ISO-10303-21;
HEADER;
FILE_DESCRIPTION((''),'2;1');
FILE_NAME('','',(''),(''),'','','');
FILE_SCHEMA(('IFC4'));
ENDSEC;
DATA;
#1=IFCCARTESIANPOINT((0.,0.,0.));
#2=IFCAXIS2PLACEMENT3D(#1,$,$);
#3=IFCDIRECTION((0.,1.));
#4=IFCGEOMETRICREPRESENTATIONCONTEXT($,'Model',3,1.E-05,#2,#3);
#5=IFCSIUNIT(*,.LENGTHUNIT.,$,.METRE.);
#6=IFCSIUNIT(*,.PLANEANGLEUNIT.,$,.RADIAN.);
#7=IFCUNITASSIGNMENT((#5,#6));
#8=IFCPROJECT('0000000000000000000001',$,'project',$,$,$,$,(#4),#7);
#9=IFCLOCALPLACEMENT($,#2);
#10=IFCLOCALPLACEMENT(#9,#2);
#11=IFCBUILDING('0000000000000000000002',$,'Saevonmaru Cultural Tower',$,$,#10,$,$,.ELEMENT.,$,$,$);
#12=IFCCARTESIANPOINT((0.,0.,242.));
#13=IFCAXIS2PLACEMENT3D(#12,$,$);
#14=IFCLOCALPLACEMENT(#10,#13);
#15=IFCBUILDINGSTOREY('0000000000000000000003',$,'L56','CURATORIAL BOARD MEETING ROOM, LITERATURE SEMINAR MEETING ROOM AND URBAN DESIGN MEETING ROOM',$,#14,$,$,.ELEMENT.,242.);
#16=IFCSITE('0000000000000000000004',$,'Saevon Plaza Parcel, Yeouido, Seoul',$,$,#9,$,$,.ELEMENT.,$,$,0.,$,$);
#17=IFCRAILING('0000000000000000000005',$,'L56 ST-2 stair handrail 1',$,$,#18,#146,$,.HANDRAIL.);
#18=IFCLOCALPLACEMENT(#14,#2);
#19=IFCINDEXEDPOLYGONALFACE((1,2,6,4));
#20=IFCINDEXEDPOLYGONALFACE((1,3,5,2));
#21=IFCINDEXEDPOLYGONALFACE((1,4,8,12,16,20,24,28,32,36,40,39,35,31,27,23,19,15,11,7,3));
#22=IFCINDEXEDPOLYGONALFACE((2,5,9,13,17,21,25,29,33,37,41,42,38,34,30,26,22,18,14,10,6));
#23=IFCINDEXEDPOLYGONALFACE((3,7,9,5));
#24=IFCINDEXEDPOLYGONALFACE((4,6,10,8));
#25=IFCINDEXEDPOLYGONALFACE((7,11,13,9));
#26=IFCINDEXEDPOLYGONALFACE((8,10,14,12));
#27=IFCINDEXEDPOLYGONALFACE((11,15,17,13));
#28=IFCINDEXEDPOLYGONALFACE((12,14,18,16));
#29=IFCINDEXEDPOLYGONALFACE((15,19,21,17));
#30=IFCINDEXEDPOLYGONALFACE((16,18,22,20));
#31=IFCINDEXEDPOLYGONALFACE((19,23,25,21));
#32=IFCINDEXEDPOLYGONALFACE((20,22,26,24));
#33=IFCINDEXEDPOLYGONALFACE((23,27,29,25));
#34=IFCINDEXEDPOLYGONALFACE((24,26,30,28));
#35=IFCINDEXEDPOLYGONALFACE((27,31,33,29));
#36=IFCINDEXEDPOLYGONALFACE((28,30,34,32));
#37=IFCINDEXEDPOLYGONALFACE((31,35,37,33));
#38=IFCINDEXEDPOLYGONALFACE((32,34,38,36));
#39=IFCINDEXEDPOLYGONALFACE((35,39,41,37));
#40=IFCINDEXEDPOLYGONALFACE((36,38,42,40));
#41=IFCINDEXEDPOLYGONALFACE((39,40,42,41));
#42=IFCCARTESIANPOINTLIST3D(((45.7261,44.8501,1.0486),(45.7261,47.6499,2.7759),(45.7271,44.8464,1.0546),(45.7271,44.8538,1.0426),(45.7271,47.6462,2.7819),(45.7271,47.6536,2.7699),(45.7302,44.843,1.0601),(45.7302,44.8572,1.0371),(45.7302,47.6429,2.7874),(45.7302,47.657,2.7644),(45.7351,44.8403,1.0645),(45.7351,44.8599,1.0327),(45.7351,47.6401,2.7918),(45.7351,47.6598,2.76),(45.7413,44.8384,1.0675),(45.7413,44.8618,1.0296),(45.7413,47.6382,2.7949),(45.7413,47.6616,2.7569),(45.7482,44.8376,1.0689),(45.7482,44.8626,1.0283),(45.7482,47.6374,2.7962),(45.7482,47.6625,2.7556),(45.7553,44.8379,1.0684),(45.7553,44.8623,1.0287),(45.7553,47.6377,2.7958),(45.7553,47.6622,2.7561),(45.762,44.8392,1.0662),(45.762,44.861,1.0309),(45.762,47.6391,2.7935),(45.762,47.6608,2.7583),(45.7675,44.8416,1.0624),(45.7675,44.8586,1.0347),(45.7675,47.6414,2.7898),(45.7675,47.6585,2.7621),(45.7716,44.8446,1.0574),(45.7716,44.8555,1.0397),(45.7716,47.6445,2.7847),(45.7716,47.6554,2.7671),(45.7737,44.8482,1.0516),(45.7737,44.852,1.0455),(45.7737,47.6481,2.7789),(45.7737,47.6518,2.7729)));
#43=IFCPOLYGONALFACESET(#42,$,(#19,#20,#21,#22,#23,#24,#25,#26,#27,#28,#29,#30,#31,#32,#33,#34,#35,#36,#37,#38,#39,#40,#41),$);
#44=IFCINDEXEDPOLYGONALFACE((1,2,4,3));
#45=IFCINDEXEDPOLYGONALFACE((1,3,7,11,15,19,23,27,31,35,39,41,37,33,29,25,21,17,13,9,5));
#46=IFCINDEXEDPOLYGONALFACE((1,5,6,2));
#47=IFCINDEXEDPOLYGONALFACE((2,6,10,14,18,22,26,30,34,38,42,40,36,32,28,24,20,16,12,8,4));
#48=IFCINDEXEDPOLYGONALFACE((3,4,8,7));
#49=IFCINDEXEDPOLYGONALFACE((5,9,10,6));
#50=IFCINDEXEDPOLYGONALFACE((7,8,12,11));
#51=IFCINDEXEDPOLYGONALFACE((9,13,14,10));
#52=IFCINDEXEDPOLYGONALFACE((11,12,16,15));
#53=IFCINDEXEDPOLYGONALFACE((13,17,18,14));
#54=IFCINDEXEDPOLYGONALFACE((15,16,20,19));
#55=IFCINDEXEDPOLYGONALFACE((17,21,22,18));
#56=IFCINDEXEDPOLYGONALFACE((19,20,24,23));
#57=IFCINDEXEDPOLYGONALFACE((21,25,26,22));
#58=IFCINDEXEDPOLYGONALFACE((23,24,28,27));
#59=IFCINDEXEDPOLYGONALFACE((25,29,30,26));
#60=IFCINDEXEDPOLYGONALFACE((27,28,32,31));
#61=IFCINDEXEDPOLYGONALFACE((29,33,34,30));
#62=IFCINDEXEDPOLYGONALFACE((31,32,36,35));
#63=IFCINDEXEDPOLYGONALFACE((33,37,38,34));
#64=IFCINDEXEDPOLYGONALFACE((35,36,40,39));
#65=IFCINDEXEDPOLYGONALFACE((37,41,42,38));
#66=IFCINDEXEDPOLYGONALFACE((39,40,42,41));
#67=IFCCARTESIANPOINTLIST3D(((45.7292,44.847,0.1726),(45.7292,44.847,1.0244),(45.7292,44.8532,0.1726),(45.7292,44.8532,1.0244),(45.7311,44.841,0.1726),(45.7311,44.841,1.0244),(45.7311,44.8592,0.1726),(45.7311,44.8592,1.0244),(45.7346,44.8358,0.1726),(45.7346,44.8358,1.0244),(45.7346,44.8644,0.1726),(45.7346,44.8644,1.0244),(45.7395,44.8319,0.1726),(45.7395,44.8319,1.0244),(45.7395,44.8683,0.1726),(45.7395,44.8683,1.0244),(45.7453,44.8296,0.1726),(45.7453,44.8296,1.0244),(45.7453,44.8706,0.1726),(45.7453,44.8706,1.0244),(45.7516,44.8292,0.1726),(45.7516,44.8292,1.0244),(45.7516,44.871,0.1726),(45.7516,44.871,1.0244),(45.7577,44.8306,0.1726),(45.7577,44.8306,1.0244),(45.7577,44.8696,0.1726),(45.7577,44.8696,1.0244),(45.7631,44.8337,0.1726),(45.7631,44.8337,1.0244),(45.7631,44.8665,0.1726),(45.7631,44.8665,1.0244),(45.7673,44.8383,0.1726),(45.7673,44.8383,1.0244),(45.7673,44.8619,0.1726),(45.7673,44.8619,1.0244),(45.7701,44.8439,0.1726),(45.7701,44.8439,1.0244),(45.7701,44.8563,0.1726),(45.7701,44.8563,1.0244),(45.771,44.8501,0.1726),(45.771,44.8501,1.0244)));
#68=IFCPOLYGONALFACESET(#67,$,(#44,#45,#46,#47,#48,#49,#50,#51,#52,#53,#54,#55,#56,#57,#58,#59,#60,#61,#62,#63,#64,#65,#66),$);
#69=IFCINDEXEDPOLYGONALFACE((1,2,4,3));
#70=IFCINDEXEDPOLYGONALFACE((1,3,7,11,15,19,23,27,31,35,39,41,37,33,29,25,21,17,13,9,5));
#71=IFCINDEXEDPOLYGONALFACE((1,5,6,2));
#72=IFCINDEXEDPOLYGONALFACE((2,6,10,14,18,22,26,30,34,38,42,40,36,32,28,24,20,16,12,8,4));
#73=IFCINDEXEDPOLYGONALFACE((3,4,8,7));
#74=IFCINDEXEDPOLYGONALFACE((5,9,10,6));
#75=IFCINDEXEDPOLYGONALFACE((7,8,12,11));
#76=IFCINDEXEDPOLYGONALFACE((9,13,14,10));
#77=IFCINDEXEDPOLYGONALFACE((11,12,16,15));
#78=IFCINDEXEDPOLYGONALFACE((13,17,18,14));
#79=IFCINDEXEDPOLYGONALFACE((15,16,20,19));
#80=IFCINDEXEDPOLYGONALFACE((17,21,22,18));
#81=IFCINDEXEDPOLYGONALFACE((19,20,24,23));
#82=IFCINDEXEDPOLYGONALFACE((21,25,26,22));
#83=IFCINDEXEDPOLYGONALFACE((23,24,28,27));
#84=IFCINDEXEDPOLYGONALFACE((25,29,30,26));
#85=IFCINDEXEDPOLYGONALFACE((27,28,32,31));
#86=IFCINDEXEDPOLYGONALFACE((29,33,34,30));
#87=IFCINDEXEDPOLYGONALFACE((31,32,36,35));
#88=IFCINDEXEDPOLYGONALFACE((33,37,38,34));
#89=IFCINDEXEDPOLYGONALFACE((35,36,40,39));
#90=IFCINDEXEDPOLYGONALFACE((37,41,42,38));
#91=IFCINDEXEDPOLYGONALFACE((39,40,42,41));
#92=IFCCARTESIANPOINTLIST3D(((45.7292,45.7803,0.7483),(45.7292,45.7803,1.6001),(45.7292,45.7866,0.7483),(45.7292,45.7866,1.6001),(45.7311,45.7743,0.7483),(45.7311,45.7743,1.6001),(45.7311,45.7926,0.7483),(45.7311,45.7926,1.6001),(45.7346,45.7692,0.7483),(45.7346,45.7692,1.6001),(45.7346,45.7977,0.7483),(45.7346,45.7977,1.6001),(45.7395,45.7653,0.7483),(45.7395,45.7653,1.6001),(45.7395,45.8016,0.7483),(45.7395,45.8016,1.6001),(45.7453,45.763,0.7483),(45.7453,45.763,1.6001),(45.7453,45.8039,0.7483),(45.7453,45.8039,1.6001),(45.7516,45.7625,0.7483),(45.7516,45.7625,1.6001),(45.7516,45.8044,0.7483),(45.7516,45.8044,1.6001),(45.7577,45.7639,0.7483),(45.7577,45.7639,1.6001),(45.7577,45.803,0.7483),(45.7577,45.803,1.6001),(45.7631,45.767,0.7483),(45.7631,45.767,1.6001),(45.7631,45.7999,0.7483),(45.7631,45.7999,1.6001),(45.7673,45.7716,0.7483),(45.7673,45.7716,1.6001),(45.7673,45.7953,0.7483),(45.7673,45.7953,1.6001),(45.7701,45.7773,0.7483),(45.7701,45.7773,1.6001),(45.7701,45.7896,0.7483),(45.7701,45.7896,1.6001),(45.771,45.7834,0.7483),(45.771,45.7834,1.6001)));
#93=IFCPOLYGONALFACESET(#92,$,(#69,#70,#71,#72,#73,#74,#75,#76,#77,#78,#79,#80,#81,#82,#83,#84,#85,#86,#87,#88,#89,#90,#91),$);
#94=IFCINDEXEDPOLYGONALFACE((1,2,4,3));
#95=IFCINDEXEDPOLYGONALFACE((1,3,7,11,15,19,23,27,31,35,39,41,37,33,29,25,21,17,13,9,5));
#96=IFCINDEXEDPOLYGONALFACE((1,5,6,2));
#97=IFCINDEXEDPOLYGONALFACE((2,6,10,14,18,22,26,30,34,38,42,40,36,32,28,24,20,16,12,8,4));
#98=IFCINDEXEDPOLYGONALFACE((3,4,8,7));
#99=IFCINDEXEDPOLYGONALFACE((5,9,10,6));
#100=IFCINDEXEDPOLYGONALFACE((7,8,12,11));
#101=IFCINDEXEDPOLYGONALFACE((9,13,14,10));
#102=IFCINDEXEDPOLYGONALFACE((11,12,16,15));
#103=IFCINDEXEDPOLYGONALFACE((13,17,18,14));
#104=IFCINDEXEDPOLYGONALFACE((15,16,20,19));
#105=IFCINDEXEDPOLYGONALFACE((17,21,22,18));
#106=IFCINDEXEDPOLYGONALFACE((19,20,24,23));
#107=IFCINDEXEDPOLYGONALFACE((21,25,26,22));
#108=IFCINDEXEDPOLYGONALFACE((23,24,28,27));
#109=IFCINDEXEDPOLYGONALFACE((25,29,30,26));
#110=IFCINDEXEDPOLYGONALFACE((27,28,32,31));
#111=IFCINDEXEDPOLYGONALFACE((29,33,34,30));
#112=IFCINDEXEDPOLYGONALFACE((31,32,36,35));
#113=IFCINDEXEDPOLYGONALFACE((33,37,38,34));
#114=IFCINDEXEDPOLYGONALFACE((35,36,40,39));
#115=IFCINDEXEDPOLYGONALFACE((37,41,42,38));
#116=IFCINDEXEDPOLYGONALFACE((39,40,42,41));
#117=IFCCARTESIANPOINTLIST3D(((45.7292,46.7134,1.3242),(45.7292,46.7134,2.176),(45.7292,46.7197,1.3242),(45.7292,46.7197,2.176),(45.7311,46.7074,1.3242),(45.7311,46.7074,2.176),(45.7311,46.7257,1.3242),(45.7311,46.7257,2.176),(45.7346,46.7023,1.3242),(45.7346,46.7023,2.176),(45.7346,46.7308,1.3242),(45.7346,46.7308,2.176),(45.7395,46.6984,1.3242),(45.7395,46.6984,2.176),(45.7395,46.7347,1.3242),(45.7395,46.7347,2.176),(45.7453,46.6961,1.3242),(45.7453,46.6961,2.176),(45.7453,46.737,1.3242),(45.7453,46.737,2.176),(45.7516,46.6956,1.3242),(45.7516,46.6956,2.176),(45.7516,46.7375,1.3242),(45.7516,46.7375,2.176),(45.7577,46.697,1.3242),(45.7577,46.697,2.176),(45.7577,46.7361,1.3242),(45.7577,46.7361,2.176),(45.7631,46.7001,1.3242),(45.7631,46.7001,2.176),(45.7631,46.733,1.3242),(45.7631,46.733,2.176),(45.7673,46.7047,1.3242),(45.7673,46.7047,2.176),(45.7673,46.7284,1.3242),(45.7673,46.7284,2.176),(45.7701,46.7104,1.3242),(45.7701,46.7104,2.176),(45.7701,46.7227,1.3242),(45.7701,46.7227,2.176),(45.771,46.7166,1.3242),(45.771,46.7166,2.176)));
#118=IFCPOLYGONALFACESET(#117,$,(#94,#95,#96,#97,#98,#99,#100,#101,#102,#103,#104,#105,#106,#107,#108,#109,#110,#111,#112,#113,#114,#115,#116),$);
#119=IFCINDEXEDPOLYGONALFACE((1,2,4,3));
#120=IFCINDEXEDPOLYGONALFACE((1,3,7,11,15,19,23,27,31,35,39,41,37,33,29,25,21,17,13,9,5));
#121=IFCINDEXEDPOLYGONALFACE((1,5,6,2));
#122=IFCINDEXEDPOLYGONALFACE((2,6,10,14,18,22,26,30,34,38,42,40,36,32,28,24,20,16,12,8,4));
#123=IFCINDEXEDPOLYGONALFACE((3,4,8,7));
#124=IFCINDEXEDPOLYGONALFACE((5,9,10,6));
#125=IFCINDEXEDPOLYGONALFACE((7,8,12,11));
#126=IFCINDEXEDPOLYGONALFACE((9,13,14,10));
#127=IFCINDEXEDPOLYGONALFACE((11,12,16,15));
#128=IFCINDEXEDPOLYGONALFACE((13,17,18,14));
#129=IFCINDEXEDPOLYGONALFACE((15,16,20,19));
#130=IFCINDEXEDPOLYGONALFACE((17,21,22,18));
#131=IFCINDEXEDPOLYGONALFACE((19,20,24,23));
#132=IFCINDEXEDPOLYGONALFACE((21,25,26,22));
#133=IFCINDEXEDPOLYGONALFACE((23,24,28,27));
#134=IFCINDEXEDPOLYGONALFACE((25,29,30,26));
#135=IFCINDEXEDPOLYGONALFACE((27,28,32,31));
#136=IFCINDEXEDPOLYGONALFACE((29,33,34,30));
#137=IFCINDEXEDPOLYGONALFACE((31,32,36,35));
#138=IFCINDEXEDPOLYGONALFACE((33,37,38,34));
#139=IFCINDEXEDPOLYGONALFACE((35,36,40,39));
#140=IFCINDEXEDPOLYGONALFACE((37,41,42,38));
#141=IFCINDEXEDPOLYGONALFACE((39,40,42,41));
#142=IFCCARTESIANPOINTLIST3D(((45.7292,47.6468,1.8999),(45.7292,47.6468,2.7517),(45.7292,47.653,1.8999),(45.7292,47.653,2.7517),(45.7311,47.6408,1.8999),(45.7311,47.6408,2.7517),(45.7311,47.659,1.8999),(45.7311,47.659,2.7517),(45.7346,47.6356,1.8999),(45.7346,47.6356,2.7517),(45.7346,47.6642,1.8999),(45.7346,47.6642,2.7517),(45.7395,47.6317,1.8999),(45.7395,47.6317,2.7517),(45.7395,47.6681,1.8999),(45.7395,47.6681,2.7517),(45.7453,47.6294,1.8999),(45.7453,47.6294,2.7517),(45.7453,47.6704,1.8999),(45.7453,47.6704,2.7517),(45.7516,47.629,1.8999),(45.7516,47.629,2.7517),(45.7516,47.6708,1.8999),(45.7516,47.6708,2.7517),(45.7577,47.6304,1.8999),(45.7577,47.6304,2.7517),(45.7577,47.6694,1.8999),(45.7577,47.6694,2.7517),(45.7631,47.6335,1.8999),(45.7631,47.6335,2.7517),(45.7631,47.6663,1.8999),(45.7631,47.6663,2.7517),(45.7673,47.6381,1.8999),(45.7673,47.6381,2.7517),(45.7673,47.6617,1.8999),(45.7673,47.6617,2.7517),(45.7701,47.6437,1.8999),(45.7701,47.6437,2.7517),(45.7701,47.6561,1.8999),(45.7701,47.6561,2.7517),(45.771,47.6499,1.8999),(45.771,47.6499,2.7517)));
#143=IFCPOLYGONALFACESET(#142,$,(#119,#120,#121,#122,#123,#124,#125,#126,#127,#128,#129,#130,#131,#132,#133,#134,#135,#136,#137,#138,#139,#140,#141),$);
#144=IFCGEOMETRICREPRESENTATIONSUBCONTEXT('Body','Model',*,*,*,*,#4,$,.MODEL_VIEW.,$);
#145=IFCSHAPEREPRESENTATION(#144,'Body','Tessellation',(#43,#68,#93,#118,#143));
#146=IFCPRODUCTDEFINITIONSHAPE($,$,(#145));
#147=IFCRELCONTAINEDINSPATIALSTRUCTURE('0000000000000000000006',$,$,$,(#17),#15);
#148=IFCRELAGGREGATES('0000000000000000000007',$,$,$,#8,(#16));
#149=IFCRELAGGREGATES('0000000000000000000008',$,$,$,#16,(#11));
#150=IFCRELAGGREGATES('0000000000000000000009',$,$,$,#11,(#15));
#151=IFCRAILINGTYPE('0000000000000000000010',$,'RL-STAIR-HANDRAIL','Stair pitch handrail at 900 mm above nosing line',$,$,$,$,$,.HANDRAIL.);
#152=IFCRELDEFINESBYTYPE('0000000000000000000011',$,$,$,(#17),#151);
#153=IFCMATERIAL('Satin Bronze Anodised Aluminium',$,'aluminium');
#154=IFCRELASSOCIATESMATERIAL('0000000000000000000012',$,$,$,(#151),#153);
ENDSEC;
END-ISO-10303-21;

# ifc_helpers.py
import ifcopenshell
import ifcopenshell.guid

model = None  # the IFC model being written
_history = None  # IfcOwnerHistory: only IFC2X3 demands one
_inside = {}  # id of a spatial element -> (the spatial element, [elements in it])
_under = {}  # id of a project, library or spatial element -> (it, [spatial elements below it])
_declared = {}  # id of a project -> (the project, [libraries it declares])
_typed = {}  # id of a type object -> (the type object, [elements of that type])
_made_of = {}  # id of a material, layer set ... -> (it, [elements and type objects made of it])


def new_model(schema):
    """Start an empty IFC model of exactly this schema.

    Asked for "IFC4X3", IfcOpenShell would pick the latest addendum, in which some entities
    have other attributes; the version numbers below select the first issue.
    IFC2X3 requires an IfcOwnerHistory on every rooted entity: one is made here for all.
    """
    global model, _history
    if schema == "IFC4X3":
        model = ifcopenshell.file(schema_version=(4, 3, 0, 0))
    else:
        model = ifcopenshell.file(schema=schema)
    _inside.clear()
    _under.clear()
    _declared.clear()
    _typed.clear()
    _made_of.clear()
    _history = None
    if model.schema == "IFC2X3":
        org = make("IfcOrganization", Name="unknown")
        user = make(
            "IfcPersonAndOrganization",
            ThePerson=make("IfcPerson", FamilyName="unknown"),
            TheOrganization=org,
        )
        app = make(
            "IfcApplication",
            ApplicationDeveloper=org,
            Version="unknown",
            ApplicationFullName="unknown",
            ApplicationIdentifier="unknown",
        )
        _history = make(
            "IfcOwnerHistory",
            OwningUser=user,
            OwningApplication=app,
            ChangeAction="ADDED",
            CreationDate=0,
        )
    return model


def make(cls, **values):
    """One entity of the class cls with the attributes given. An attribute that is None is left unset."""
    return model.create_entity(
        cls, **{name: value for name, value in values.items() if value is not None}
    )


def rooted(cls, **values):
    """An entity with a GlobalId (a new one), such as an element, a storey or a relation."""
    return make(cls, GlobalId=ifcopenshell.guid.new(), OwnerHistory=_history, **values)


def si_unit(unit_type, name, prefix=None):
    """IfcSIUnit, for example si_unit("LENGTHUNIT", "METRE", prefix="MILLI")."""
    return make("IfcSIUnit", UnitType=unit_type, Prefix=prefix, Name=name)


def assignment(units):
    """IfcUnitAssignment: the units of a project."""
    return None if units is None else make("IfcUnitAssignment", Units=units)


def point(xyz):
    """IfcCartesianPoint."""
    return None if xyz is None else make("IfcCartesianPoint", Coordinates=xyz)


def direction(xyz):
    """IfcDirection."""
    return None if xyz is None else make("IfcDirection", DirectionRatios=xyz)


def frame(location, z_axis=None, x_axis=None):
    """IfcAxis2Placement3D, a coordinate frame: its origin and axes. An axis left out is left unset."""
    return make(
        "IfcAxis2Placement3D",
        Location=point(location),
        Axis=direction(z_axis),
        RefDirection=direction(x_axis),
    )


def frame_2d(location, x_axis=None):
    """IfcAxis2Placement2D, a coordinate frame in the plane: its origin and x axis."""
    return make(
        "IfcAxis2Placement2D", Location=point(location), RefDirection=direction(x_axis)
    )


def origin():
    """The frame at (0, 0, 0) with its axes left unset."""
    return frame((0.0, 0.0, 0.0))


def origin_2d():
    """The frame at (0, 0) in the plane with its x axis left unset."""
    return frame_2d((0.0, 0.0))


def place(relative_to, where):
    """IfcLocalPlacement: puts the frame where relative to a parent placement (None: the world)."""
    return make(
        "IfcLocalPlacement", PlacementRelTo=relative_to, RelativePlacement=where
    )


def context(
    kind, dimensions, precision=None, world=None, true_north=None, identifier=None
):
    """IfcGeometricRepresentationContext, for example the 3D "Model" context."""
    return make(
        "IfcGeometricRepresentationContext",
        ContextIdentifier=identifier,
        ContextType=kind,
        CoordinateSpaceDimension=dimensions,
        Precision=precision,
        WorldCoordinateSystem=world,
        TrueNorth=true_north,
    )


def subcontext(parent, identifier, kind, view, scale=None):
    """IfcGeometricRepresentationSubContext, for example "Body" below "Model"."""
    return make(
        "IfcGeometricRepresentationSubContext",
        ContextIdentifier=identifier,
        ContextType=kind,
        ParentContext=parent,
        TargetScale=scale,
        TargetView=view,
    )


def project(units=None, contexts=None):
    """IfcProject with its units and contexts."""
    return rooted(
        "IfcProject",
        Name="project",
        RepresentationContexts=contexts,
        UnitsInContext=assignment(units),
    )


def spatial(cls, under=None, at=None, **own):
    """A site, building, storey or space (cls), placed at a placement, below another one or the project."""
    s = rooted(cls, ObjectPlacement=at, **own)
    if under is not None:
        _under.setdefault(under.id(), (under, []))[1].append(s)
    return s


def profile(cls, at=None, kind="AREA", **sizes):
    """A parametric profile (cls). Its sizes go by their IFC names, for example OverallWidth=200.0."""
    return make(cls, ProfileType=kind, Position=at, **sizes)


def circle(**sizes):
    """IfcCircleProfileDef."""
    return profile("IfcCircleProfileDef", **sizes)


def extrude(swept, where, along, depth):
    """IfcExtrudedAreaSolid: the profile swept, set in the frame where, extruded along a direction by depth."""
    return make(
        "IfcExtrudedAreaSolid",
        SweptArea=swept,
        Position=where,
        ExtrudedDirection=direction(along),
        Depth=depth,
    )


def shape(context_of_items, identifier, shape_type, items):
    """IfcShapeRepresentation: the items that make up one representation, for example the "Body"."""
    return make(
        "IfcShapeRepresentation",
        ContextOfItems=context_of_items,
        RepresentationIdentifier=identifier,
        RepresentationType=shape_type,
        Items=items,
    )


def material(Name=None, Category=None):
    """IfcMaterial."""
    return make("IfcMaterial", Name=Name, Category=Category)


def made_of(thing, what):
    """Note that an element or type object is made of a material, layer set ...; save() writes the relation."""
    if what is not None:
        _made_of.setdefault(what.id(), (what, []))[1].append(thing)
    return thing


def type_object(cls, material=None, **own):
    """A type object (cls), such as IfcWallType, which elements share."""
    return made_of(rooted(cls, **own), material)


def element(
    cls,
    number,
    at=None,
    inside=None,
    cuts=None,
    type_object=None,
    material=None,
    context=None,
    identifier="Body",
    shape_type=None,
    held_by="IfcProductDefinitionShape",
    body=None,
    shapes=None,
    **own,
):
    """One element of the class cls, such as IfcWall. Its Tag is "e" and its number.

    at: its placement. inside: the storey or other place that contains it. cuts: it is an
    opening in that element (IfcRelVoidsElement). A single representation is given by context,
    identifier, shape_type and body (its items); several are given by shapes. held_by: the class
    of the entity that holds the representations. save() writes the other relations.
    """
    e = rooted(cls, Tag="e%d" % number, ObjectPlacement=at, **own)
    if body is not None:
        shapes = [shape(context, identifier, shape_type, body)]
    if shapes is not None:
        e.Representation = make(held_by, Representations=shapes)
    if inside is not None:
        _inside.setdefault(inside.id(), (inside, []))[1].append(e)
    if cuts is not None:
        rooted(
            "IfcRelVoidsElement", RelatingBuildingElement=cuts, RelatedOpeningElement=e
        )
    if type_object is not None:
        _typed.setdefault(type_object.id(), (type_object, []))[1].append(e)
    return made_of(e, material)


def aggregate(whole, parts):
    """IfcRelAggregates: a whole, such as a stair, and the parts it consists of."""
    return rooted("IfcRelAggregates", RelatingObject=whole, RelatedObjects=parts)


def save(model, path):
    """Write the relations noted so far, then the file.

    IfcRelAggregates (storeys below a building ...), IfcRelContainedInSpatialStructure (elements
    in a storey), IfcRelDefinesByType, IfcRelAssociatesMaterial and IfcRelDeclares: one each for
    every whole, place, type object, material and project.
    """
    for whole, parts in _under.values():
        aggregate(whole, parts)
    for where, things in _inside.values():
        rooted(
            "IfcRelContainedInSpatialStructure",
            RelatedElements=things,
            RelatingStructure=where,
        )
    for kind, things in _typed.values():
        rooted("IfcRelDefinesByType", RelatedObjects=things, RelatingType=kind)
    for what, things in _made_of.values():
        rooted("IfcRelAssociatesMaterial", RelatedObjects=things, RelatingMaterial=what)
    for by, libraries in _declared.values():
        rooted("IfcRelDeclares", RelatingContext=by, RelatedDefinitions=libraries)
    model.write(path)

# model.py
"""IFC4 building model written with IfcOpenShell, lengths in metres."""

from ifc_helpers import new_model, si_unit, direction, frame, origin, origin_2d, place, context, subcontext, project, spatial, circle, extrude, material, type_object, element, save


model = new_model("IFC4")

# Units and contexts
model_context = context("Model", 3, precision=1e-05, world=origin(), true_north=direction((0.0, 1.0)))
body_context = subcontext(model_context, "Body", "Model", "MODEL_VIEW")
ifc_project = project(units=[si_unit("LENGTHUNIT", "METRE"), si_unit("PLANEANGLEUNIT", "RADIAN")], contexts=[model_context])

# Site, building, storey
site_placement = place(None, origin())
site = spatial("IfcSite", under=ifc_project, at=site_placement, Name="Saevon Plaza Parcel, Yeouido, Seoul", CompositionType="ELEMENT", RefElevation=0.0)
building_placement = place(site_placement, origin())
building = spatial("IfcBuilding", under=site, at=building_placement, Name="Saevonmaru Cultural Tower", CompositionType="ELEMENT")
storey_placement = place(building_placement, frame((0.0, 0.0, 242.0)))
storey = spatial("IfcBuildingStorey", under=building, at=storey_placement, Name="L56", Description="CURATORIAL BOARD MEETING ROOM, LITERATURE SEMINAR MEETING ROOM AND URBAN DESIGN MEETING ROOM", CompositionType="ELEMENT", Elevation=242.0)

# Shared definitions
ifc_material_1 = material(Name="Satin Bronze Anodised Aluminium", Category="aluminium")

# Railing
railing_type_1 = type_object("IfcRailingType", Name="RL-STAIR-HANDRAIL", Description="Stair pitch handrail at 900 mm above nosing line", PredefinedType="HANDRAIL", material=ifc_material_1)
railing_1_placement = place(storey_placement, frame((45.75, 44.8501, 0.1726)))
element("IfcRailing", 1, at=railing_1_placement, inside=storey, type_object=railing_type_1, Name="L56 ST-2 stair handrail 1", PredefinedType="HANDRAIL", context=body_context, shape_type="SweptSolid", body=[
    extrude(circle(Radius=0.0239, at=origin_2d()), frame((0.0, 0.0, 0.876), z_axis=(0.0, 0.851069, 0.525054), x_axis=(-1.0, 0.0, 0.0)), (0.0, 0.0, 1.0), 3.2898),
    extrude(circle(Radius=0.021, at=origin_2d()), origin(), (0.0, 0.0, 1.0), 0.8518),
    extrude(circle(Radius=0.021, at=origin_2d()), frame((0.0, 0.9333, 0.5757)), (0.0, 0.0, 1.0), 0.8518),
    extrude(circle(Radius=0.021, at=origin_2d()), frame((0.0, 1.8665, 1.1516)), (0.0, 0.0, 1.0), 0.8518),
    extrude(circle(Radius=0.021, at=origin_2d()), frame((0.0, 2.7998, 1.7273)), (0.0, 0.0, 1.0), 0.8518),
])

save(model, "model.ifc")
